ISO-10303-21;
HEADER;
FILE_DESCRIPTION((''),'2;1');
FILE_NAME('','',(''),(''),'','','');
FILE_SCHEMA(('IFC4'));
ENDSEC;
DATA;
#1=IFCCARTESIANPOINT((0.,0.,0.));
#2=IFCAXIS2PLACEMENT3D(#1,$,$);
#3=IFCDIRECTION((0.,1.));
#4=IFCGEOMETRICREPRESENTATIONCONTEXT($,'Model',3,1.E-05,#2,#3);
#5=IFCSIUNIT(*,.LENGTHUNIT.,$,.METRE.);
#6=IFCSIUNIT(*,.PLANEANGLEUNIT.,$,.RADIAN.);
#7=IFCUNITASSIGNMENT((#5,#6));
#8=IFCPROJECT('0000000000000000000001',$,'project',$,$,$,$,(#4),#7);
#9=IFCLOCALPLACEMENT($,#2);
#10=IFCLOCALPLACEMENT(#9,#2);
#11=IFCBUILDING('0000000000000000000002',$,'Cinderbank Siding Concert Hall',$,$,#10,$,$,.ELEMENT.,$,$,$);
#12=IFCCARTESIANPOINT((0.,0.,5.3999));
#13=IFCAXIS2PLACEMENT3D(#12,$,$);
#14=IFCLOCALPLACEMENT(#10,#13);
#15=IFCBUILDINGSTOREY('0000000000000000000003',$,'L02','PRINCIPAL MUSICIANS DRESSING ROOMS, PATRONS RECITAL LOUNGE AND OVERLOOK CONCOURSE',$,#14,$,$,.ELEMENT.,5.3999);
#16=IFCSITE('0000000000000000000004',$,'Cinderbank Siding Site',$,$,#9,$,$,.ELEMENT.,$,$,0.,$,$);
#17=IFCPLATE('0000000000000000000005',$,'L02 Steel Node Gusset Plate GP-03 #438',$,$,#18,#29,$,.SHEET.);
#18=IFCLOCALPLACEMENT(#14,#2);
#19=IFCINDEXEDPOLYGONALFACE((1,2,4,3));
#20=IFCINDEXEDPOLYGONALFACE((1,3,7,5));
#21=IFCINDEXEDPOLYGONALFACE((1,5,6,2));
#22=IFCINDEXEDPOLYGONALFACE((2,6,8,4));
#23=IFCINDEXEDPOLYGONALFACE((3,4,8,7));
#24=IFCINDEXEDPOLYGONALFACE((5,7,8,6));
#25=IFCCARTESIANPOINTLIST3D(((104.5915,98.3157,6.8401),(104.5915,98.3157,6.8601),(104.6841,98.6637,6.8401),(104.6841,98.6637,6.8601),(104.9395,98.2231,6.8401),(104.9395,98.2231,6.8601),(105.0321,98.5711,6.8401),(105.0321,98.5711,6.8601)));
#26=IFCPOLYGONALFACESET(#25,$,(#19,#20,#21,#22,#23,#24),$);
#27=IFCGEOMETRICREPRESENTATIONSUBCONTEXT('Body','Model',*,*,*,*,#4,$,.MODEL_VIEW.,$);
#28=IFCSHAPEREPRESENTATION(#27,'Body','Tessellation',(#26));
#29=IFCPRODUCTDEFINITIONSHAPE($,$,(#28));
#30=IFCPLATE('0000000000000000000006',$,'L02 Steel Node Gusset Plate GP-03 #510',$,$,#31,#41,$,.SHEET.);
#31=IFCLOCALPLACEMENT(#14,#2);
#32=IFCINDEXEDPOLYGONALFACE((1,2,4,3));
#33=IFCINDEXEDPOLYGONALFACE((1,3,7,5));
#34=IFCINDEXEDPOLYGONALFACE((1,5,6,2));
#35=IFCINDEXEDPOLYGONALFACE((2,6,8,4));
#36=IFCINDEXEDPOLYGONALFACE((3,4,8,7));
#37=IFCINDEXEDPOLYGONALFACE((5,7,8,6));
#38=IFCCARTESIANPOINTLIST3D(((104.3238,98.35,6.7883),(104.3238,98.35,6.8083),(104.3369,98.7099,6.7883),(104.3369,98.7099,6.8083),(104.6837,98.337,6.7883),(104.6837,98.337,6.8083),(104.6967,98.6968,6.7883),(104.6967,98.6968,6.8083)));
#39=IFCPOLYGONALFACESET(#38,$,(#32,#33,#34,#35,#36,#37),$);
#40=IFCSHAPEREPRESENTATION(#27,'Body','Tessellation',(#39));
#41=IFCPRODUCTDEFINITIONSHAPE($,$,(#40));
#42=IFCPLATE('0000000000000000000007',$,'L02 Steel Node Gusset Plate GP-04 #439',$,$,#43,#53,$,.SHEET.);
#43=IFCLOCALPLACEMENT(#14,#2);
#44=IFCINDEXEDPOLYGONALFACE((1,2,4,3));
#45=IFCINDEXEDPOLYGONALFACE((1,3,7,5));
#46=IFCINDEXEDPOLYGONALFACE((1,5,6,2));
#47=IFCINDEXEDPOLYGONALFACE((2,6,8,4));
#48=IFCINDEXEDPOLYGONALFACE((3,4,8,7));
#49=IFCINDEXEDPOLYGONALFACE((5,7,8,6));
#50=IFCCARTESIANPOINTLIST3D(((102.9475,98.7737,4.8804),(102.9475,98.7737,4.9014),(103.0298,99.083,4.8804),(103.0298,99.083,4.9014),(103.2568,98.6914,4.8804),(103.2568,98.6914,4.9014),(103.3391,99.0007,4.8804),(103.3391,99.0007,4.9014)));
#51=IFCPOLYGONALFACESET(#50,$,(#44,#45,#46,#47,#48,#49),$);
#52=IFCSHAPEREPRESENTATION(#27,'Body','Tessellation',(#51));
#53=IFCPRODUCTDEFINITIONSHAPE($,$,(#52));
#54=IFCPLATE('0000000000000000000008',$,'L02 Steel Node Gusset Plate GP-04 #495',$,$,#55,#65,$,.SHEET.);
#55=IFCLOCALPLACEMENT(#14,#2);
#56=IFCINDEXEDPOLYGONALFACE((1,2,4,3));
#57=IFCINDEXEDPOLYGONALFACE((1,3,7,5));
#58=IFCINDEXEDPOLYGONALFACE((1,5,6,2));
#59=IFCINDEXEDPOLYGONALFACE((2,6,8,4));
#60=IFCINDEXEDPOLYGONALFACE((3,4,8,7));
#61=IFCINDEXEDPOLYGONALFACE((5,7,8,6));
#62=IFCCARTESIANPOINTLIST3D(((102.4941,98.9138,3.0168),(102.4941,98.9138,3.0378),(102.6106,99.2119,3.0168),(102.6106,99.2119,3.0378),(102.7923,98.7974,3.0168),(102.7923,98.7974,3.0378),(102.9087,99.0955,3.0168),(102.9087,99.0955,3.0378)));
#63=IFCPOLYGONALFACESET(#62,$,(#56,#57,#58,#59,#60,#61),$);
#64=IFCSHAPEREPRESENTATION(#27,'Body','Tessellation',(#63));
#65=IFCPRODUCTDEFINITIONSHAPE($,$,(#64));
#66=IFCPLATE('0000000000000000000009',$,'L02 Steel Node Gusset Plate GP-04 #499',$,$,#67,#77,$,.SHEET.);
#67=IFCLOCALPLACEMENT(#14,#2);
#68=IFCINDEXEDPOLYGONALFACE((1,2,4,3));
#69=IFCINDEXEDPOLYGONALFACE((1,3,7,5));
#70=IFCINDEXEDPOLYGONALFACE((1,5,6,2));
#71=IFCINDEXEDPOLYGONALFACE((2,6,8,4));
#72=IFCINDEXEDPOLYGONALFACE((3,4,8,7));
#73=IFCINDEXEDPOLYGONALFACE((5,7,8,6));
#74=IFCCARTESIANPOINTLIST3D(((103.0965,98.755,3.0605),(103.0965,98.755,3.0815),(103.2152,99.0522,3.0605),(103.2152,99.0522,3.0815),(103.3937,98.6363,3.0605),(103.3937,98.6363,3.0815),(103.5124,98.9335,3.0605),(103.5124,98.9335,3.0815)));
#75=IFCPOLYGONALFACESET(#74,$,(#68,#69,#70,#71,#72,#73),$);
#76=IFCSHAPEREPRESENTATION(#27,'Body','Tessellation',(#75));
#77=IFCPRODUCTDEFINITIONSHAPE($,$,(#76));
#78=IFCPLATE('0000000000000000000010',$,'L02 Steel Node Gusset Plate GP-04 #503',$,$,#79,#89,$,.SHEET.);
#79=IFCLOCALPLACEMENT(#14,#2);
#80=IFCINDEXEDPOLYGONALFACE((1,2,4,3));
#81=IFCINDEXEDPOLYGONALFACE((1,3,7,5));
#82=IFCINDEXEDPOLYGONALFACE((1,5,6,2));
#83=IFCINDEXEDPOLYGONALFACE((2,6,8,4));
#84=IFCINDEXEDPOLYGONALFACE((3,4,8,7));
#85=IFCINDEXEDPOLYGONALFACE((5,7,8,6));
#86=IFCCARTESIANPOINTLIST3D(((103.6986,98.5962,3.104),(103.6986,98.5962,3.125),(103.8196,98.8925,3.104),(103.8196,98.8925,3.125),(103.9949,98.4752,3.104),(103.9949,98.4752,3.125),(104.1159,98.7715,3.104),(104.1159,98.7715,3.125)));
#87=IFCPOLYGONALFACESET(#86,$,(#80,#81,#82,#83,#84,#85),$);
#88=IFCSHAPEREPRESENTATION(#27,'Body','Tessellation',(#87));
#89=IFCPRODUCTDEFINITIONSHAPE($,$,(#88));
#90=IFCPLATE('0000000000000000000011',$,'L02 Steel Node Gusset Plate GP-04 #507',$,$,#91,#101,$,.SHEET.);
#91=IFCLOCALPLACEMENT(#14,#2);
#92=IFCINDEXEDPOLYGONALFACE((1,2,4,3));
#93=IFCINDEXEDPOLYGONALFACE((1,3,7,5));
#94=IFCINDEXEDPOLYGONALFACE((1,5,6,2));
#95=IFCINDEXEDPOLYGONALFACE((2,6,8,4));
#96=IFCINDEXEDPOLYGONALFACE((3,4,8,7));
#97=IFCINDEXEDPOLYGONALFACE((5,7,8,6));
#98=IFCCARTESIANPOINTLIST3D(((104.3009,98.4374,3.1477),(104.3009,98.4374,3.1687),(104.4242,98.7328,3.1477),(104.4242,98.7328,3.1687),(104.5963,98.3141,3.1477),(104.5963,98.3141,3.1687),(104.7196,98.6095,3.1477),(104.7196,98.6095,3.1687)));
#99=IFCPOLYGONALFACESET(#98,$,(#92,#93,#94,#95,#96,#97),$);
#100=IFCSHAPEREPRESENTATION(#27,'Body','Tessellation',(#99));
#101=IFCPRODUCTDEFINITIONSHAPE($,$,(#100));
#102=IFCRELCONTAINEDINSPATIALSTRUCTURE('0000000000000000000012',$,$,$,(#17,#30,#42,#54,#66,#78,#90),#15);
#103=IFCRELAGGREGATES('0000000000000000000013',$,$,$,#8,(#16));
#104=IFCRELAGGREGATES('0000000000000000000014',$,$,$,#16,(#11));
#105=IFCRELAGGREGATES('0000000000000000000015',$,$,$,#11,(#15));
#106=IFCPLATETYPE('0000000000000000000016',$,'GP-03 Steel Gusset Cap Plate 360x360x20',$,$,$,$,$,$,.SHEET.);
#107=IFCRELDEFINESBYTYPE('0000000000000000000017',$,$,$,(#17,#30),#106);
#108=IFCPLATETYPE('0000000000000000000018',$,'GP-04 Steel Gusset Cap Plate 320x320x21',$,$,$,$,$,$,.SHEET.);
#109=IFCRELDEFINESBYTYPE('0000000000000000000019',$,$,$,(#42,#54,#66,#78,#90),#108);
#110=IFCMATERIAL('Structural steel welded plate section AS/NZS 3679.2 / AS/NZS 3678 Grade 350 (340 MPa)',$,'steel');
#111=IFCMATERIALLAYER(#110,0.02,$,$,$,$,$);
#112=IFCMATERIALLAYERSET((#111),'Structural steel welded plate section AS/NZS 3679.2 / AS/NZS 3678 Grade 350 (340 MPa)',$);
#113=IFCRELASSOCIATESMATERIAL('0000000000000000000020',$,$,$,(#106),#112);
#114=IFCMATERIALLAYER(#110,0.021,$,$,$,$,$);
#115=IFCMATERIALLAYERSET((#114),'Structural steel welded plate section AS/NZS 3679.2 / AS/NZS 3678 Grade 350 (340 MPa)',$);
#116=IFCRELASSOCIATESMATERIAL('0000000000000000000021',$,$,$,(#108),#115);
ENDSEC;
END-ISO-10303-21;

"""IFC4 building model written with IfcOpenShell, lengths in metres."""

from ifc_helpers import new_model, si_unit, direction, frame, origin, origin_2d, place, context, subcontext, project, spatial, rectangle, extrude, material, layer, layer_set, type_object, element, save


model = new_model("IFC4")

# Units and contexts
model_context = context("Model", 3, precision=1e-05, world=origin(), true_north=direction((0.0, 1.0)))
body_context = subcontext(model_context, "Body", "Model", "MODEL_VIEW")
ifc_project = project(units=[si_unit("LENGTHUNIT", "METRE"), si_unit("PLANEANGLEUNIT", "RADIAN")], contexts=[model_context])

# Site, building, storey
site_placement = place(None, origin())
site = spatial("IfcSite", under=ifc_project, at=site_placement, Name="Cinderbank Siding Site", CompositionType="ELEMENT", RefElevation=0.0)
building_placement = place(site_placement, origin())
building = spatial("IfcBuilding", under=site, at=building_placement, Name="Cinderbank Siding Concert Hall", CompositionType="ELEMENT")
storey_placement = place(building_placement, frame((0.0, 0.0, 5.3999)))
storey = spatial("IfcBuildingStorey", under=building, at=storey_placement, Name="L02", Description="PRINCIPAL MUSICIANS DRESSING ROOMS, PATRONS RECITAL LOUNGE AND OVERLOOK CONCOURSE", CompositionType="ELEMENT", Elevation=5.3999)

# Plates
ifc_material_1 = material(Name="Structural steel welded plate section AS/NZS 3679.2 / AS/NZS 3678 Grade 350 (340 MPa)", Category="steel")
ifc_layer_1 = layer(ifc_material_1, 0.02)
ifc_layer_set_1 = layer_set([ifc_layer_1], Name="Structural steel welded plate section AS/NZS 3679.2 / AS/NZS 3678 Grade 350 (340 MPa)")
plate_type_1 = type_object("IfcPlateType", Name="GP-03 Steel Gusset Cap Plate 360x360x20", PredefinedType="SHEET", material=ifc_layer_set_1)
for number, where, z_axis, x_axis, name in (
    (1, (104.8118, 98.4434, 6.8401), (0.0, 0.0, 1.0), (0.966376, -0.257133, 0.0), "L02 Steel Node Gusset Plate GP-03 #438"),
    (2, (104.5103, 98.5234, 6.7883), (0.0, 0.0, 1.0), (-0.036295, -0.999341, 0.0), "L02 Steel Node Gusset Plate GP-03 #510"),
):
    element("IfcPlate", number, at=place(storey_placement, frame(where, z_axis=z_axis, x_axis=x_axis)), inside=storey, type_object=plate_type_1, Name=name, PredefinedType="SHEET", context=body_context, shape_type="SweptSolid", body=[
        extrude(rectangle(XDim=0.3601, YDim=0.3601, at=origin_2d()), origin(), (0.0, 0.0, 1.0), 0.02),
    ])
ifc_layer_2 = layer(ifc_material_1, 0.021)
ifc_layer_set_2 = layer_set([ifc_layer_2], Name="Structural steel welded plate section AS/NZS 3679.2 / AS/NZS 3678 Grade 350 (340 MPa)")
plate_type_2 = type_object("IfcPlateType", Name="GP-04 Steel Gusset Cap Plate 320x320x21", PredefinedType="SHEET", material=ifc_layer_set_2)
for number, where, z_axis, x_axis, name in (
    (3, (103.1433, 98.8872, 4.8804), (0.0, 0.0, 1.0), (0.966376, -0.257133, 0.0), "L02 Steel Node Gusset Plate GP-04 #439"),
    (4, (102.7014, 99.0046, 3.0168), (0.0, 0.0, 1.0), (0.363739, 0.931501, 0.0), "L02 Steel Node Gusset Plate GP-04 #495"),
    (5, (103.3044, 98.8442, 3.0605), (0.0, 0.0, 1.0), (0.370882, 0.92868, 0.0), "L02 Steel Node Gusset Plate GP-04 #499"),
    (6, (103.9072, 98.6838, 3.104), (0.0, 0.0, 1.0), (0.378164, 0.925739, 0.0), "L02 Steel Node Gusset Plate GP-04 #503"),
    (7, (104.5103, 98.5234, 3.1477), (0.0, 0.0, 1.0), (0.385262, 0.922807, 0.0), "L02 Steel Node Gusset Plate GP-04 #507"),
):
    element("IfcPlate", number, at=place(storey_placement, frame(where, z_axis=z_axis, x_axis=x_axis)), inside=storey, type_object=plate_type_2, Name=name, PredefinedType="SHEET", context=body_context, shape_type="SweptSolid", body=[
        extrude(rectangle(XDim=0.3201, YDim=0.3201, at=origin_2d()), origin(), (0.0, 0.0, 1.0), 0.021),
    ])

save(model, "model.ifc")
